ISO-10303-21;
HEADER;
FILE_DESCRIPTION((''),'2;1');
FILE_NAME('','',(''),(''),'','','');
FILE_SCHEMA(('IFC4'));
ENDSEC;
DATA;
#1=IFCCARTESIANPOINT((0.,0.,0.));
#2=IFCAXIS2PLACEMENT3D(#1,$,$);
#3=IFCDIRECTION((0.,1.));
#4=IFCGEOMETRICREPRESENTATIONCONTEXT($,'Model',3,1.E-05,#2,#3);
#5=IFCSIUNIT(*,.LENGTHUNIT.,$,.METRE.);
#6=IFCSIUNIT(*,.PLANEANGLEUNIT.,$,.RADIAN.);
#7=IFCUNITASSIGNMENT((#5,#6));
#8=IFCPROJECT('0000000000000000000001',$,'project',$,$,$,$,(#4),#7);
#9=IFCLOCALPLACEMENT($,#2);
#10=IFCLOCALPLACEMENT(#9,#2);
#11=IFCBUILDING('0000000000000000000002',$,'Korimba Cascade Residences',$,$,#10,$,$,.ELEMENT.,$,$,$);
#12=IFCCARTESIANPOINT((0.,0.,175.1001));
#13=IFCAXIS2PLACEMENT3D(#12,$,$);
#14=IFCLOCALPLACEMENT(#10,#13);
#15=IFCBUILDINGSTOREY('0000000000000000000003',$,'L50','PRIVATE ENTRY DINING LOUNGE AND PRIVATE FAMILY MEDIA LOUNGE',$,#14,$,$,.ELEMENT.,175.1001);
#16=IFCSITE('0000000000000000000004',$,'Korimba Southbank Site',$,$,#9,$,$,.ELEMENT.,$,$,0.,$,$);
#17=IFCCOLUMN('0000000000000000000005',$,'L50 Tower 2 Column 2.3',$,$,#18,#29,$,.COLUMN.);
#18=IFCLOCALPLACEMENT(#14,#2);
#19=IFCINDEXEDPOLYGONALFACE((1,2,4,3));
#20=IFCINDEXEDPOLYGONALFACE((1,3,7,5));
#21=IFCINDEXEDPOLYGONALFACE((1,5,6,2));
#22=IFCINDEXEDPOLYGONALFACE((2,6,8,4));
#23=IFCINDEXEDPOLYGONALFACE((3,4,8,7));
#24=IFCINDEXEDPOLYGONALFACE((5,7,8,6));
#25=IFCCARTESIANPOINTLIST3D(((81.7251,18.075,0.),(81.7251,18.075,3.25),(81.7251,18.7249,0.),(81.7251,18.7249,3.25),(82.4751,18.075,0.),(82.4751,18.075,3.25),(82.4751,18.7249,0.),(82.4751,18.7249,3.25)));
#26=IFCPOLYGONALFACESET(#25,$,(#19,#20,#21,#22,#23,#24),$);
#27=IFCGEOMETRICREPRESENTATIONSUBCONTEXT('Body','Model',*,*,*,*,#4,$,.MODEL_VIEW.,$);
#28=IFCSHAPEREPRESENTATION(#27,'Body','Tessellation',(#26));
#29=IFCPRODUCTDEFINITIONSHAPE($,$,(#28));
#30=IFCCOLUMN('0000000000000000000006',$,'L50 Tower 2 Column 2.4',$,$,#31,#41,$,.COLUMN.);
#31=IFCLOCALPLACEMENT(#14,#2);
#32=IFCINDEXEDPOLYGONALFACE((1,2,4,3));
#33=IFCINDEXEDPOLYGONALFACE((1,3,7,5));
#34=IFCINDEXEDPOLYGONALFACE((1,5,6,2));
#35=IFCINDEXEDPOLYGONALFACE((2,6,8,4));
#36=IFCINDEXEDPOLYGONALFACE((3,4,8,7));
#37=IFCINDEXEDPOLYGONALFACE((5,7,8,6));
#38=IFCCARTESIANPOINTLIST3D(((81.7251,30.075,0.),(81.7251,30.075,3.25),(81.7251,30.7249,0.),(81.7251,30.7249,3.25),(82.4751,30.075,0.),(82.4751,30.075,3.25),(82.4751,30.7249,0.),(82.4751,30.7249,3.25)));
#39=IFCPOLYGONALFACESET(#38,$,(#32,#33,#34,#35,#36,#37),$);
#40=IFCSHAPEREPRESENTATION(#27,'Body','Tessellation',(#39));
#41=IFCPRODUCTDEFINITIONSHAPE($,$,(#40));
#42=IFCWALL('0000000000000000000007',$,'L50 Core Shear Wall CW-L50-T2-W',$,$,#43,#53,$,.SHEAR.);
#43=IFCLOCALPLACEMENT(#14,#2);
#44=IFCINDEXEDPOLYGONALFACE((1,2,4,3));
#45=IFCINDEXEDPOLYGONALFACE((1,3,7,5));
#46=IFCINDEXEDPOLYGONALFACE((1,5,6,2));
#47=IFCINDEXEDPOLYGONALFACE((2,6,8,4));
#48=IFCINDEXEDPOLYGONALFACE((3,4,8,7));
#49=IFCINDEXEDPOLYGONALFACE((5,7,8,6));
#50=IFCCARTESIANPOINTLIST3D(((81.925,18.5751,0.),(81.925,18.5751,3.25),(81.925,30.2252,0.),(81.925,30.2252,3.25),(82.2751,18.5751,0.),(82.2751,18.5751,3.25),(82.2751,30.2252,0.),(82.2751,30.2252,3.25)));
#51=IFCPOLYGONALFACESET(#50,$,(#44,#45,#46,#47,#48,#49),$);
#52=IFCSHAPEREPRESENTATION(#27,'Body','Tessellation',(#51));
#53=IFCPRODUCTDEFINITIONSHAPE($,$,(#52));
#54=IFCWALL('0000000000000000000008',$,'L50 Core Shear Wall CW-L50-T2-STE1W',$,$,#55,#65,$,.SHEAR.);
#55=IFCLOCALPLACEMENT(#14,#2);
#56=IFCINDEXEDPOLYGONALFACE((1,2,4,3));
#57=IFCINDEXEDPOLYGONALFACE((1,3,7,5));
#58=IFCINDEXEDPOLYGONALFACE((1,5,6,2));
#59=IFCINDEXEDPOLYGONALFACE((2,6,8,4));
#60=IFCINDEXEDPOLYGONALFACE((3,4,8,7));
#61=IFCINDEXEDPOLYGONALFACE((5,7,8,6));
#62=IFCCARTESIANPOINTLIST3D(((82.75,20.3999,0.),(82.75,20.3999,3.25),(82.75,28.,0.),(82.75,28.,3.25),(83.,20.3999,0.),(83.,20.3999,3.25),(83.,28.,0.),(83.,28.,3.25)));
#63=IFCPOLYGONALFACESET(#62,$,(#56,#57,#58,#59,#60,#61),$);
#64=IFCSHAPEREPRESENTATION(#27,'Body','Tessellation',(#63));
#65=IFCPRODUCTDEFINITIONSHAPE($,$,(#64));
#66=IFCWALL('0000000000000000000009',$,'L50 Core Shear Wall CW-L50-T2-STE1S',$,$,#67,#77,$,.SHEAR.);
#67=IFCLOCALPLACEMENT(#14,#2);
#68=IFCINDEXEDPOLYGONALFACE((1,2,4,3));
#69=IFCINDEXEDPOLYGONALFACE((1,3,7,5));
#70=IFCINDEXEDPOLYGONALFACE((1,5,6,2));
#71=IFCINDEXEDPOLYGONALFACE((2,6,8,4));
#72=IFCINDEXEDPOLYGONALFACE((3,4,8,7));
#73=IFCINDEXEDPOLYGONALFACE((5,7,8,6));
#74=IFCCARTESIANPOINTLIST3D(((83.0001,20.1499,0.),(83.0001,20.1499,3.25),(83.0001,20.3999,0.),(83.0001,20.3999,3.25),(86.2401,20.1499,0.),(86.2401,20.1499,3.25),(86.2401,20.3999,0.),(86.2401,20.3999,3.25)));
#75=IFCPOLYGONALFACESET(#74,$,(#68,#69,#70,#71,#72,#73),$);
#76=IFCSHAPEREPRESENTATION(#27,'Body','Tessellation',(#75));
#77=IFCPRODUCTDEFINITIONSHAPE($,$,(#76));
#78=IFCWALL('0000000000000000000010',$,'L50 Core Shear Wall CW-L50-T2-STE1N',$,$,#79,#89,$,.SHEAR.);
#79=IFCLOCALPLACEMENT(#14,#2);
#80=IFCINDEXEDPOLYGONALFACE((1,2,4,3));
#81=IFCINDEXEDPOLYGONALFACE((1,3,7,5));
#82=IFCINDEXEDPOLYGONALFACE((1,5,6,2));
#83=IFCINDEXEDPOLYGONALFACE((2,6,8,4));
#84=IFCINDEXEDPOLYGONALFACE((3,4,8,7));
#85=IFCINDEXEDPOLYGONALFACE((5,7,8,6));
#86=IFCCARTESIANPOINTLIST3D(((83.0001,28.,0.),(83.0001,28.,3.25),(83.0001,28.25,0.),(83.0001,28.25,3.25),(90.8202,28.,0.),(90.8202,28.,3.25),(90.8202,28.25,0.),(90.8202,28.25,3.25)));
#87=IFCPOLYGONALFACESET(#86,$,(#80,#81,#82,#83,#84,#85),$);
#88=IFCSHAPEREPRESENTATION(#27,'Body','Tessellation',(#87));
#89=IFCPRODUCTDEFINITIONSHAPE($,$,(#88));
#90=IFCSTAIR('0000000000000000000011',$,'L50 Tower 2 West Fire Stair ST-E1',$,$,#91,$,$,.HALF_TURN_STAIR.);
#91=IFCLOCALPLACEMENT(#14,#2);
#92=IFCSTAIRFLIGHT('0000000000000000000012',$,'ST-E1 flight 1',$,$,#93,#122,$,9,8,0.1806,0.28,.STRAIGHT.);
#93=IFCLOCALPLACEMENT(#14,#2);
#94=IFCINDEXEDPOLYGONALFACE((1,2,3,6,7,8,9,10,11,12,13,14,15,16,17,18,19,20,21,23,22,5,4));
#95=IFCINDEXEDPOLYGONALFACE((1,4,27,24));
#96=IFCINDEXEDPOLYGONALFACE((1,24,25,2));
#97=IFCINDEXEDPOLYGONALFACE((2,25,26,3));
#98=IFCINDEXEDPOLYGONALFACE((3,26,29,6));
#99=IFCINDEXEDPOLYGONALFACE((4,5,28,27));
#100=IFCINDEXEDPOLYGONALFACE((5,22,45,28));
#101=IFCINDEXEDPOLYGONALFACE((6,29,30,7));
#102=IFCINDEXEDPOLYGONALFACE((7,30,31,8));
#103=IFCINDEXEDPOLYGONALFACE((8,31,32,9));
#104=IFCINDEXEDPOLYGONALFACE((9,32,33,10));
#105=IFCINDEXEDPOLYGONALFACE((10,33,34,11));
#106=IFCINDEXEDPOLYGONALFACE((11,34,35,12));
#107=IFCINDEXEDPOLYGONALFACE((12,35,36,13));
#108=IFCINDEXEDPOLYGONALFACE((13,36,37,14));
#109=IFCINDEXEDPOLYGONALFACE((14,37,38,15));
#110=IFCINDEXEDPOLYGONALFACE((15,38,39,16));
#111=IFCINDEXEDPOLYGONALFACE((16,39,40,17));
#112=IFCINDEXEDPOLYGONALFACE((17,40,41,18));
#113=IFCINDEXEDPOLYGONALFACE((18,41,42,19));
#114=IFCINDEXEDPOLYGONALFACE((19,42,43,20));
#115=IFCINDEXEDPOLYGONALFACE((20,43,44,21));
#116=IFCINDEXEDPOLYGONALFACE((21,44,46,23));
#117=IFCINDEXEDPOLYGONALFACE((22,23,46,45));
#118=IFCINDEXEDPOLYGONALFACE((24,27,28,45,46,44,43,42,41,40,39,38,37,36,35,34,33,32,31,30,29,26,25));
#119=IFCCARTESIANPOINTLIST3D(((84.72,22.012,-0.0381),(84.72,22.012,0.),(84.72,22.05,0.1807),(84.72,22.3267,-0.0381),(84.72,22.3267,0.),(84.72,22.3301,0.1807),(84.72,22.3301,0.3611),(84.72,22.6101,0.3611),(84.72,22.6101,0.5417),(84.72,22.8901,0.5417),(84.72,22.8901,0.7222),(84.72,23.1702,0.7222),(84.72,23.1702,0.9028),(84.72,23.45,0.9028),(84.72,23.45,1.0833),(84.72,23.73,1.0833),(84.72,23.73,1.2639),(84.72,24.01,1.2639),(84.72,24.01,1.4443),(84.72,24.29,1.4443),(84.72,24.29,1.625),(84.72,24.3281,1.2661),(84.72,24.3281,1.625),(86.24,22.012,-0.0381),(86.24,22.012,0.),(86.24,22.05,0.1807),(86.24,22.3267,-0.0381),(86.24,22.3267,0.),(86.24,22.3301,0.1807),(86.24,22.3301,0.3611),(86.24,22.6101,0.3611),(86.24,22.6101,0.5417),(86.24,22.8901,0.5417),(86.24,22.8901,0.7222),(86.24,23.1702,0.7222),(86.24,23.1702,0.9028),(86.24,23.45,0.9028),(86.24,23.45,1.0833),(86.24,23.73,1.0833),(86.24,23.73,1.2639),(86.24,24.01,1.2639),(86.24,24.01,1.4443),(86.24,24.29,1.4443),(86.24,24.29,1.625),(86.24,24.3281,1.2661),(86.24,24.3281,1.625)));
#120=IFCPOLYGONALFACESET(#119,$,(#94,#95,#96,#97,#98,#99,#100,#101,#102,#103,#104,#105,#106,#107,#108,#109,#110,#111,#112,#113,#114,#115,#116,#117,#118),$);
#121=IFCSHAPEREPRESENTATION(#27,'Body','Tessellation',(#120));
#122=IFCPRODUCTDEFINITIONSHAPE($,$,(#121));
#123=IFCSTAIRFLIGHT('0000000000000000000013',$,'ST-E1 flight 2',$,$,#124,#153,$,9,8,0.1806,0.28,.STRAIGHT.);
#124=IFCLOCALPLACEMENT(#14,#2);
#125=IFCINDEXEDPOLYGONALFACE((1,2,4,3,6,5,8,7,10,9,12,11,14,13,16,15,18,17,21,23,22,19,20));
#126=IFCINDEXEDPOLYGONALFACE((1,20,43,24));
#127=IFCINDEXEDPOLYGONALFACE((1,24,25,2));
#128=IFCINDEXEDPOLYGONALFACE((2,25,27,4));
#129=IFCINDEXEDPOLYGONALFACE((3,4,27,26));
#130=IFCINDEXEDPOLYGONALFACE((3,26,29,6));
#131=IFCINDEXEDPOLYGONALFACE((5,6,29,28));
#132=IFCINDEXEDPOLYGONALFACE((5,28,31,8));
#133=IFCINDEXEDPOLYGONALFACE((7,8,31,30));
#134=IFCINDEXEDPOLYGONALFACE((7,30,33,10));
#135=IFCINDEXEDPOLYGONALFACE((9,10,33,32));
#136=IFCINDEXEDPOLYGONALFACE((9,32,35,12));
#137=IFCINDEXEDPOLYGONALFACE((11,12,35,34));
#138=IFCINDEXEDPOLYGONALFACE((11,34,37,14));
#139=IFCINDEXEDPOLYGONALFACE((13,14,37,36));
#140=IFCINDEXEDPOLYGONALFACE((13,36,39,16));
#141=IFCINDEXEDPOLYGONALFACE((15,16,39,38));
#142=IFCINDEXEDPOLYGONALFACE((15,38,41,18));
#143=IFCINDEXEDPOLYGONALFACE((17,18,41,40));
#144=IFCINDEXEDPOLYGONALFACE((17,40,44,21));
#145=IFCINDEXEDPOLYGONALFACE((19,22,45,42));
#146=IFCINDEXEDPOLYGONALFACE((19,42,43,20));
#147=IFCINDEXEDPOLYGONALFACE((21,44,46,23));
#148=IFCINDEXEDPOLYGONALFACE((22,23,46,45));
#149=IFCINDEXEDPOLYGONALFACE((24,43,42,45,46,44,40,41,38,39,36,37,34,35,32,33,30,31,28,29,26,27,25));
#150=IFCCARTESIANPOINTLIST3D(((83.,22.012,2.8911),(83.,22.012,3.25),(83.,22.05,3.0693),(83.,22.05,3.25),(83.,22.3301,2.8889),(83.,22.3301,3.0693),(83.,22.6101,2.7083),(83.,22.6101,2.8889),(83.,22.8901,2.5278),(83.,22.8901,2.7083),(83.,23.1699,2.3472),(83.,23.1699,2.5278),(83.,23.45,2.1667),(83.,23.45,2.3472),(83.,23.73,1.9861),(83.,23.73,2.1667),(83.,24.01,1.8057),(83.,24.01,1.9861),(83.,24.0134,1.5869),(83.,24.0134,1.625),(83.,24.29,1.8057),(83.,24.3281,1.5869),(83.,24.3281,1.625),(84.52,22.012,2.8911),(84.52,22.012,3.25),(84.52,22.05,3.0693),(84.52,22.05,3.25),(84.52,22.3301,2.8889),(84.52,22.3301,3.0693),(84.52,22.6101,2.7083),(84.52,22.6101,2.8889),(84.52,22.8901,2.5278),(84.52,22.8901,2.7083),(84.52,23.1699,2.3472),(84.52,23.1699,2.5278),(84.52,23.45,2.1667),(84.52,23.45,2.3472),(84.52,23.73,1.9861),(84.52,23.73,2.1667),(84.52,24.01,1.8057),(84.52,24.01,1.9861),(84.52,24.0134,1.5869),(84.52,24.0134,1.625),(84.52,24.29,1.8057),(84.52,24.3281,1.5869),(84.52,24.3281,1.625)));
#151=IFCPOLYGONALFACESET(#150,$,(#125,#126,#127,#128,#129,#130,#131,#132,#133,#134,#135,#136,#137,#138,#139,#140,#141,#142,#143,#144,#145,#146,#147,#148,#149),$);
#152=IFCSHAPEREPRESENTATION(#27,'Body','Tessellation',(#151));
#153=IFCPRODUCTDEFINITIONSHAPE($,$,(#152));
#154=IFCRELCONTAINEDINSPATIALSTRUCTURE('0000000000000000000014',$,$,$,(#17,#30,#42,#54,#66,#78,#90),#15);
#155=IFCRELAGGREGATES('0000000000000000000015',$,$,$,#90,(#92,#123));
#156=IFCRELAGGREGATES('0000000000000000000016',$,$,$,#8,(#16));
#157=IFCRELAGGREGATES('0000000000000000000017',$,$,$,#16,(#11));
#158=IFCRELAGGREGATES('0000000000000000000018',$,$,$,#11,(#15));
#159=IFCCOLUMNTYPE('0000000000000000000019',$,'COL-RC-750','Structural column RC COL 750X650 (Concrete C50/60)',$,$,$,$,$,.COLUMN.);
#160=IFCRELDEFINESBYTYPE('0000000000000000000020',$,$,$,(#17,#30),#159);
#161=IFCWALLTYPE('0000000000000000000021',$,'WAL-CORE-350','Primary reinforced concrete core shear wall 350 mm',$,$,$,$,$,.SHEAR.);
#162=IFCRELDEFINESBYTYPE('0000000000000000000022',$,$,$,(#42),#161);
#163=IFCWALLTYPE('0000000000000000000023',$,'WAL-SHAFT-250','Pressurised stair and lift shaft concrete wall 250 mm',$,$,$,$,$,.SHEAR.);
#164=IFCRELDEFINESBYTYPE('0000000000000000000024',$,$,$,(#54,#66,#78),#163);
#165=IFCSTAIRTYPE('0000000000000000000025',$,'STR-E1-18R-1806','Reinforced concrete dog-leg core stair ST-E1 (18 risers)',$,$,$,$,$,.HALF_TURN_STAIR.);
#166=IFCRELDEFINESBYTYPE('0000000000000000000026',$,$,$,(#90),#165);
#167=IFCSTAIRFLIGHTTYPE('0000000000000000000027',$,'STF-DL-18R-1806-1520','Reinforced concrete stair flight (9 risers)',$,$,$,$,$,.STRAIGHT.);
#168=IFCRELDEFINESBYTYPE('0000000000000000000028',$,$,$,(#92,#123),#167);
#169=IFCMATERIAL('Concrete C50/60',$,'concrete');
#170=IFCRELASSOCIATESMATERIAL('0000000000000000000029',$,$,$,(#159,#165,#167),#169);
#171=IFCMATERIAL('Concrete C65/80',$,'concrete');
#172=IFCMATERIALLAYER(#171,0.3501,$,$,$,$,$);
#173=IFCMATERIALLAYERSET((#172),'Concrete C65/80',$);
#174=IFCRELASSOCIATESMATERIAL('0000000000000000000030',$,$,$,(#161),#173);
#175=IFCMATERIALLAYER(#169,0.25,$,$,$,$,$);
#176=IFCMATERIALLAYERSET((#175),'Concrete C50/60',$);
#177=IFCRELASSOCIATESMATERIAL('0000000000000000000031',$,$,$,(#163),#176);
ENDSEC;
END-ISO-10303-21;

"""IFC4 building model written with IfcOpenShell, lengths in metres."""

from ifc_helpers import new_model, si_unit, direction, frame, frame_2d, origin, origin_2d, place, context, subcontext, project, spatial, polyline, rectangle, outline, extrude, material, layer, layer_set, material_profile, profile_set, type_object, element, aggregate, save


model = new_model("IFC4")

# Units and contexts
model_context = context("Model", 3, precision=1e-05, world=origin(), true_north=direction((0.0, 1.0)))
body_context = subcontext(model_context, "Body", "Model", "MODEL_VIEW")
ifc_project = project(units=[si_unit("LENGTHUNIT", "METRE"), si_unit("PLANEANGLEUNIT", "RADIAN")], contexts=[model_context])

# Site, building, storey
site_placement = place(None, origin())
site = spatial("IfcSite", under=ifc_project, at=site_placement, Name="Korimba Southbank Site", CompositionType="ELEMENT", RefElevation=0.0)
building_placement = place(site_placement, origin())
building = spatial("IfcBuilding", under=site, at=building_placement, Name="Korimba Cascade Residences", CompositionType="ELEMENT")
storey_placement = place(building_placement, frame((0.0, 0.0, 175.1001)))
storey = spatial("IfcBuildingStorey", under=building, at=storey_placement, Name="L50", Description="PRIVATE ENTRY DINING LOUNGE AND PRIVATE FAMILY MEDIA LOUNGE", CompositionType="ELEMENT", Elevation=175.1001)

# Columns
ifc_material_1 = material(Name="Concrete C50/60", Category="concrete")
ifc_material_profile = material_profile(ifc_material_1, rectangle(XDim=0.75, YDim=0.6499, at=origin_2d()), Name="Concrete C50/60")
ifc_profile_set = profile_set([ifc_material_profile], Name="Concrete C50/60")
column_type = type_object("IfcColumnType", Name="COL-RC-750", Description="Structural column RC COL 750X650 (Concrete C50/60)", PredefinedType="COLUMN", material=ifc_profile_set)
for number, where, z_axis, x_axis, name in (
    (1, (82.1001, 18.3999, 0.0), (0.0, 0.0, 1.0), (1.0, 0.0, 0.0), "L50 Tower 2 Column 2.3"),
    (2, (82.1001, 30.3999, 0.0), (0.0, 0.0, 1.0), (1.0, 0.0, 0.0), "L50 Tower 2 Column 2.4"),
):
    element("IfcColumn", number, at=place(storey_placement, frame(where, z_axis=z_axis, x_axis=x_axis)), inside=storey, type_object=column_type, Name=name, PredefinedType="COLUMN", context=body_context, shape_type="SweptSolid", body=[
        extrude(rectangle(XDim=0.75, YDim=0.6499, at=origin_2d()), origin(), (0.0, 0.0, 1.0), 3.25),
    ])

# Walls
ifc_material_2 = material(Name="Concrete C65/80", Category="concrete")
ifc_layer_1 = layer(ifc_material_2, 0.3501)
ifc_layer_set_1 = layer_set([ifc_layer_1], Name="Concrete C65/80")
wall_type_1 = type_object("IfcWallType", Name="WAL-CORE-350", Description="Primary reinforced concrete core shear wall 350 mm", PredefinedType="SHEAR", material=ifc_layer_set_1)
wall_1_placement = place(storey_placement, frame((82.1001, 18.575, 0.0), z_axis=(0.0, 0.0, 1.0), x_axis=(0.0, 1.0, 0.0)))
element("IfcWall", 3, at=wall_1_placement, inside=storey, type_object=wall_type_1, Name="L50 Core Shear Wall CW-L50-T2-W", PredefinedType="SHEAR", context=body_context, shape_type="SweptSolid", body=[
    extrude(rectangle(XDim=11.6501, YDim=0.3501, at=frame_2d((5.8252, 0.0))), origin(), (0.0, 0.0, 1.0), 3.25),
])
ifc_layer_2 = layer(ifc_material_1, 0.25)
ifc_layer_set_2 = layer_set([ifc_layer_2], Name="Concrete C50/60")
wall_type_2 = type_object("IfcWallType", Name="WAL-SHAFT-250", Description="Pressurised stair and lift shaft concrete wall 250 mm", PredefinedType="SHEAR", material=ifc_layer_set_2)
wall_2_placement = place(storey_placement, frame((82.875, 20.3999, 0.0), z_axis=(0.0, 0.0, 1.0), x_axis=(0.0, 1.0, 0.0)))
element("IfcWall", 4, at=wall_2_placement, inside=storey, type_object=wall_type_2, Name="L50 Core Shear Wall CW-L50-T2-STE1W", PredefinedType="SHEAR", context=body_context, shape_type="SweptSolid", body=[
    extrude(rectangle(XDim=7.6001, YDim=0.25, at=frame_2d((3.8, 0.0))), origin(), (0.0, 0.0, 1.0), 3.25),
])
wall_3_placement = place(storey_placement, frame((83.0, 20.2749, 0.0), z_axis=(0.0, 0.0, 1.0), x_axis=(1.0, 0.0, 0.0)))
element("IfcWall", 5, at=wall_3_placement, inside=storey, type_object=wall_type_2, Name="L50 Core Shear Wall CW-L50-T2-STE1S", PredefinedType="SHEAR", context=body_context, shape_type="SweptSolid", body=[
    extrude(rectangle(XDim=3.24, YDim=0.25, at=frame_2d((1.6201, 0.0))), origin(), (0.0, 0.0, 1.0), 3.25),
])
wall_4_placement = place(storey_placement, frame((83.0, 28.125, 0.0), z_axis=(0.0, 0.0, 1.0), x_axis=(1.0, 0.0, 0.0)))
element("IfcWall", 6, at=wall_4_placement, inside=storey, type_object=wall_type_2, Name="L50 Core Shear Wall CW-L50-T2-STE1N", PredefinedType="SHEAR", context=body_context, shape_type="SweptSolid", body=[
    extrude(rectangle(XDim=7.8201, YDim=0.25, at=frame_2d((3.9102, 0.0))), origin(), (0.0, 0.0, 1.0), 3.25),
])

# Stair, stair flights
stair_type = type_object("IfcStairType", Name="STR-E1-18R-1806", Description="Reinforced concrete dog-leg core stair ST-E1 (18 risers)", PredefinedType="HALF_TURN_STAIR", material=ifc_material_1)
stair_placement = place(storey_placement, origin())
stair = element("IfcStair", 7, at=stair_placement, inside=storey, type_object=stair_type, Name="L50 Tower 2 West Fire Stair ST-E1", PredefinedType="HALF_TURN_STAIR")
stair_flight_type = type_object("IfcStairFlightType", Name="STF-DL-18R-1806-1520", Description="Reinforced concrete stair flight (9 risers)", PredefinedType="STRAIGHT", material=ifc_material_1)
stair_flight_1_placement = place(storey_placement, frame((85.48, 22.05, 0.0), z_axis=(0.0, 0.0, 1.0), x_axis=(0.0, 1.0, 0.0)))
stair_flight_1 = element("IfcStairFlight", 8, at=stair_flight_1_placement, type_object=stair_flight_type, Name="ST-E1 flight 1", NumberOfRisers=9, NumberOfTreads=8, PredefinedType="STRAIGHT", RiserHeight=0.1806, TreadLength=0.28, context=body_context, shape_type="SweptSolid", body=[
    extrude(outline(polyline([(-0.0381, 0.0), (0.0, 0.1807), (0.28, 0.1807), (0.28, 0.3611), (0.5601, 0.3611), (0.5601, 0.5417), (0.8401, 0.5417), (0.8401, 0.7222), (1.1201, 0.7222), (1.1201, 0.9028), (1.3999, 0.9028), (1.3999, 1.0833), (1.6799, 1.0833), (1.6799, 1.2639), (1.96, 1.2639), (1.96, 1.4443), (2.24, 1.4443), (2.24, 1.625), (2.2781, 1.625), (2.2781, 1.2661), (0.2766, 0.0), (0.2766, -0.0381), (-0.0381, -0.0381), (-0.0381, 0.0)])), frame((0.0, 0.76, 0.0), z_axis=(0.0, -1.0, 0.0), x_axis=(1.0, 0.0, 0.0)), (0.0, 0.0, 1.0), 1.52),
])
stair_flight_2_placement = place(storey_placement, frame((83.76, 24.29, 1.625), z_axis=(0.0, 0.0, 1.0), x_axis=(0.0, -1.0, 0.0)))
stair_flight_2 = element("IfcStairFlight", 9, at=stair_flight_2_placement, type_object=stair_flight_type, Name="ST-E1 flight 2", NumberOfRisers=9, NumberOfTreads=8, PredefinedType="STRAIGHT", RiserHeight=0.1806, TreadLength=0.28, context=body_context, shape_type="SweptSolid", body=[
    extrude(outline(polyline([(-0.0381, 0.0), (0.0, 0.1807), (0.28, 0.1807), (0.28, 0.3611), (0.5601, 0.3611), (0.5601, 0.5417), (0.8401, 0.5417), (0.8401, 0.7222), (1.1201, 0.7222), (1.1201, 0.9028), (1.3999, 0.9028), (1.3999, 1.0833), (1.6799, 1.0833), (1.6799, 1.2639), (1.96, 1.2639), (1.96, 1.4443), (2.24, 1.4443), (2.24, 1.625), (2.2781, 1.625), (2.2781, 1.2661), (0.2766, 0.0), (0.2766, -0.0381), (-0.0381, -0.0381), (-0.0381, 0.0)])), frame((0.0, 0.76, 0.0), z_axis=(0.0, -1.0, 0.0), x_axis=(1.0, 0.0, 0.0)), (0.0, 0.0, 1.0), 1.52),
])
aggregate(stair, [stair_flight_1, stair_flight_2])

save(model, "model.ifc")
